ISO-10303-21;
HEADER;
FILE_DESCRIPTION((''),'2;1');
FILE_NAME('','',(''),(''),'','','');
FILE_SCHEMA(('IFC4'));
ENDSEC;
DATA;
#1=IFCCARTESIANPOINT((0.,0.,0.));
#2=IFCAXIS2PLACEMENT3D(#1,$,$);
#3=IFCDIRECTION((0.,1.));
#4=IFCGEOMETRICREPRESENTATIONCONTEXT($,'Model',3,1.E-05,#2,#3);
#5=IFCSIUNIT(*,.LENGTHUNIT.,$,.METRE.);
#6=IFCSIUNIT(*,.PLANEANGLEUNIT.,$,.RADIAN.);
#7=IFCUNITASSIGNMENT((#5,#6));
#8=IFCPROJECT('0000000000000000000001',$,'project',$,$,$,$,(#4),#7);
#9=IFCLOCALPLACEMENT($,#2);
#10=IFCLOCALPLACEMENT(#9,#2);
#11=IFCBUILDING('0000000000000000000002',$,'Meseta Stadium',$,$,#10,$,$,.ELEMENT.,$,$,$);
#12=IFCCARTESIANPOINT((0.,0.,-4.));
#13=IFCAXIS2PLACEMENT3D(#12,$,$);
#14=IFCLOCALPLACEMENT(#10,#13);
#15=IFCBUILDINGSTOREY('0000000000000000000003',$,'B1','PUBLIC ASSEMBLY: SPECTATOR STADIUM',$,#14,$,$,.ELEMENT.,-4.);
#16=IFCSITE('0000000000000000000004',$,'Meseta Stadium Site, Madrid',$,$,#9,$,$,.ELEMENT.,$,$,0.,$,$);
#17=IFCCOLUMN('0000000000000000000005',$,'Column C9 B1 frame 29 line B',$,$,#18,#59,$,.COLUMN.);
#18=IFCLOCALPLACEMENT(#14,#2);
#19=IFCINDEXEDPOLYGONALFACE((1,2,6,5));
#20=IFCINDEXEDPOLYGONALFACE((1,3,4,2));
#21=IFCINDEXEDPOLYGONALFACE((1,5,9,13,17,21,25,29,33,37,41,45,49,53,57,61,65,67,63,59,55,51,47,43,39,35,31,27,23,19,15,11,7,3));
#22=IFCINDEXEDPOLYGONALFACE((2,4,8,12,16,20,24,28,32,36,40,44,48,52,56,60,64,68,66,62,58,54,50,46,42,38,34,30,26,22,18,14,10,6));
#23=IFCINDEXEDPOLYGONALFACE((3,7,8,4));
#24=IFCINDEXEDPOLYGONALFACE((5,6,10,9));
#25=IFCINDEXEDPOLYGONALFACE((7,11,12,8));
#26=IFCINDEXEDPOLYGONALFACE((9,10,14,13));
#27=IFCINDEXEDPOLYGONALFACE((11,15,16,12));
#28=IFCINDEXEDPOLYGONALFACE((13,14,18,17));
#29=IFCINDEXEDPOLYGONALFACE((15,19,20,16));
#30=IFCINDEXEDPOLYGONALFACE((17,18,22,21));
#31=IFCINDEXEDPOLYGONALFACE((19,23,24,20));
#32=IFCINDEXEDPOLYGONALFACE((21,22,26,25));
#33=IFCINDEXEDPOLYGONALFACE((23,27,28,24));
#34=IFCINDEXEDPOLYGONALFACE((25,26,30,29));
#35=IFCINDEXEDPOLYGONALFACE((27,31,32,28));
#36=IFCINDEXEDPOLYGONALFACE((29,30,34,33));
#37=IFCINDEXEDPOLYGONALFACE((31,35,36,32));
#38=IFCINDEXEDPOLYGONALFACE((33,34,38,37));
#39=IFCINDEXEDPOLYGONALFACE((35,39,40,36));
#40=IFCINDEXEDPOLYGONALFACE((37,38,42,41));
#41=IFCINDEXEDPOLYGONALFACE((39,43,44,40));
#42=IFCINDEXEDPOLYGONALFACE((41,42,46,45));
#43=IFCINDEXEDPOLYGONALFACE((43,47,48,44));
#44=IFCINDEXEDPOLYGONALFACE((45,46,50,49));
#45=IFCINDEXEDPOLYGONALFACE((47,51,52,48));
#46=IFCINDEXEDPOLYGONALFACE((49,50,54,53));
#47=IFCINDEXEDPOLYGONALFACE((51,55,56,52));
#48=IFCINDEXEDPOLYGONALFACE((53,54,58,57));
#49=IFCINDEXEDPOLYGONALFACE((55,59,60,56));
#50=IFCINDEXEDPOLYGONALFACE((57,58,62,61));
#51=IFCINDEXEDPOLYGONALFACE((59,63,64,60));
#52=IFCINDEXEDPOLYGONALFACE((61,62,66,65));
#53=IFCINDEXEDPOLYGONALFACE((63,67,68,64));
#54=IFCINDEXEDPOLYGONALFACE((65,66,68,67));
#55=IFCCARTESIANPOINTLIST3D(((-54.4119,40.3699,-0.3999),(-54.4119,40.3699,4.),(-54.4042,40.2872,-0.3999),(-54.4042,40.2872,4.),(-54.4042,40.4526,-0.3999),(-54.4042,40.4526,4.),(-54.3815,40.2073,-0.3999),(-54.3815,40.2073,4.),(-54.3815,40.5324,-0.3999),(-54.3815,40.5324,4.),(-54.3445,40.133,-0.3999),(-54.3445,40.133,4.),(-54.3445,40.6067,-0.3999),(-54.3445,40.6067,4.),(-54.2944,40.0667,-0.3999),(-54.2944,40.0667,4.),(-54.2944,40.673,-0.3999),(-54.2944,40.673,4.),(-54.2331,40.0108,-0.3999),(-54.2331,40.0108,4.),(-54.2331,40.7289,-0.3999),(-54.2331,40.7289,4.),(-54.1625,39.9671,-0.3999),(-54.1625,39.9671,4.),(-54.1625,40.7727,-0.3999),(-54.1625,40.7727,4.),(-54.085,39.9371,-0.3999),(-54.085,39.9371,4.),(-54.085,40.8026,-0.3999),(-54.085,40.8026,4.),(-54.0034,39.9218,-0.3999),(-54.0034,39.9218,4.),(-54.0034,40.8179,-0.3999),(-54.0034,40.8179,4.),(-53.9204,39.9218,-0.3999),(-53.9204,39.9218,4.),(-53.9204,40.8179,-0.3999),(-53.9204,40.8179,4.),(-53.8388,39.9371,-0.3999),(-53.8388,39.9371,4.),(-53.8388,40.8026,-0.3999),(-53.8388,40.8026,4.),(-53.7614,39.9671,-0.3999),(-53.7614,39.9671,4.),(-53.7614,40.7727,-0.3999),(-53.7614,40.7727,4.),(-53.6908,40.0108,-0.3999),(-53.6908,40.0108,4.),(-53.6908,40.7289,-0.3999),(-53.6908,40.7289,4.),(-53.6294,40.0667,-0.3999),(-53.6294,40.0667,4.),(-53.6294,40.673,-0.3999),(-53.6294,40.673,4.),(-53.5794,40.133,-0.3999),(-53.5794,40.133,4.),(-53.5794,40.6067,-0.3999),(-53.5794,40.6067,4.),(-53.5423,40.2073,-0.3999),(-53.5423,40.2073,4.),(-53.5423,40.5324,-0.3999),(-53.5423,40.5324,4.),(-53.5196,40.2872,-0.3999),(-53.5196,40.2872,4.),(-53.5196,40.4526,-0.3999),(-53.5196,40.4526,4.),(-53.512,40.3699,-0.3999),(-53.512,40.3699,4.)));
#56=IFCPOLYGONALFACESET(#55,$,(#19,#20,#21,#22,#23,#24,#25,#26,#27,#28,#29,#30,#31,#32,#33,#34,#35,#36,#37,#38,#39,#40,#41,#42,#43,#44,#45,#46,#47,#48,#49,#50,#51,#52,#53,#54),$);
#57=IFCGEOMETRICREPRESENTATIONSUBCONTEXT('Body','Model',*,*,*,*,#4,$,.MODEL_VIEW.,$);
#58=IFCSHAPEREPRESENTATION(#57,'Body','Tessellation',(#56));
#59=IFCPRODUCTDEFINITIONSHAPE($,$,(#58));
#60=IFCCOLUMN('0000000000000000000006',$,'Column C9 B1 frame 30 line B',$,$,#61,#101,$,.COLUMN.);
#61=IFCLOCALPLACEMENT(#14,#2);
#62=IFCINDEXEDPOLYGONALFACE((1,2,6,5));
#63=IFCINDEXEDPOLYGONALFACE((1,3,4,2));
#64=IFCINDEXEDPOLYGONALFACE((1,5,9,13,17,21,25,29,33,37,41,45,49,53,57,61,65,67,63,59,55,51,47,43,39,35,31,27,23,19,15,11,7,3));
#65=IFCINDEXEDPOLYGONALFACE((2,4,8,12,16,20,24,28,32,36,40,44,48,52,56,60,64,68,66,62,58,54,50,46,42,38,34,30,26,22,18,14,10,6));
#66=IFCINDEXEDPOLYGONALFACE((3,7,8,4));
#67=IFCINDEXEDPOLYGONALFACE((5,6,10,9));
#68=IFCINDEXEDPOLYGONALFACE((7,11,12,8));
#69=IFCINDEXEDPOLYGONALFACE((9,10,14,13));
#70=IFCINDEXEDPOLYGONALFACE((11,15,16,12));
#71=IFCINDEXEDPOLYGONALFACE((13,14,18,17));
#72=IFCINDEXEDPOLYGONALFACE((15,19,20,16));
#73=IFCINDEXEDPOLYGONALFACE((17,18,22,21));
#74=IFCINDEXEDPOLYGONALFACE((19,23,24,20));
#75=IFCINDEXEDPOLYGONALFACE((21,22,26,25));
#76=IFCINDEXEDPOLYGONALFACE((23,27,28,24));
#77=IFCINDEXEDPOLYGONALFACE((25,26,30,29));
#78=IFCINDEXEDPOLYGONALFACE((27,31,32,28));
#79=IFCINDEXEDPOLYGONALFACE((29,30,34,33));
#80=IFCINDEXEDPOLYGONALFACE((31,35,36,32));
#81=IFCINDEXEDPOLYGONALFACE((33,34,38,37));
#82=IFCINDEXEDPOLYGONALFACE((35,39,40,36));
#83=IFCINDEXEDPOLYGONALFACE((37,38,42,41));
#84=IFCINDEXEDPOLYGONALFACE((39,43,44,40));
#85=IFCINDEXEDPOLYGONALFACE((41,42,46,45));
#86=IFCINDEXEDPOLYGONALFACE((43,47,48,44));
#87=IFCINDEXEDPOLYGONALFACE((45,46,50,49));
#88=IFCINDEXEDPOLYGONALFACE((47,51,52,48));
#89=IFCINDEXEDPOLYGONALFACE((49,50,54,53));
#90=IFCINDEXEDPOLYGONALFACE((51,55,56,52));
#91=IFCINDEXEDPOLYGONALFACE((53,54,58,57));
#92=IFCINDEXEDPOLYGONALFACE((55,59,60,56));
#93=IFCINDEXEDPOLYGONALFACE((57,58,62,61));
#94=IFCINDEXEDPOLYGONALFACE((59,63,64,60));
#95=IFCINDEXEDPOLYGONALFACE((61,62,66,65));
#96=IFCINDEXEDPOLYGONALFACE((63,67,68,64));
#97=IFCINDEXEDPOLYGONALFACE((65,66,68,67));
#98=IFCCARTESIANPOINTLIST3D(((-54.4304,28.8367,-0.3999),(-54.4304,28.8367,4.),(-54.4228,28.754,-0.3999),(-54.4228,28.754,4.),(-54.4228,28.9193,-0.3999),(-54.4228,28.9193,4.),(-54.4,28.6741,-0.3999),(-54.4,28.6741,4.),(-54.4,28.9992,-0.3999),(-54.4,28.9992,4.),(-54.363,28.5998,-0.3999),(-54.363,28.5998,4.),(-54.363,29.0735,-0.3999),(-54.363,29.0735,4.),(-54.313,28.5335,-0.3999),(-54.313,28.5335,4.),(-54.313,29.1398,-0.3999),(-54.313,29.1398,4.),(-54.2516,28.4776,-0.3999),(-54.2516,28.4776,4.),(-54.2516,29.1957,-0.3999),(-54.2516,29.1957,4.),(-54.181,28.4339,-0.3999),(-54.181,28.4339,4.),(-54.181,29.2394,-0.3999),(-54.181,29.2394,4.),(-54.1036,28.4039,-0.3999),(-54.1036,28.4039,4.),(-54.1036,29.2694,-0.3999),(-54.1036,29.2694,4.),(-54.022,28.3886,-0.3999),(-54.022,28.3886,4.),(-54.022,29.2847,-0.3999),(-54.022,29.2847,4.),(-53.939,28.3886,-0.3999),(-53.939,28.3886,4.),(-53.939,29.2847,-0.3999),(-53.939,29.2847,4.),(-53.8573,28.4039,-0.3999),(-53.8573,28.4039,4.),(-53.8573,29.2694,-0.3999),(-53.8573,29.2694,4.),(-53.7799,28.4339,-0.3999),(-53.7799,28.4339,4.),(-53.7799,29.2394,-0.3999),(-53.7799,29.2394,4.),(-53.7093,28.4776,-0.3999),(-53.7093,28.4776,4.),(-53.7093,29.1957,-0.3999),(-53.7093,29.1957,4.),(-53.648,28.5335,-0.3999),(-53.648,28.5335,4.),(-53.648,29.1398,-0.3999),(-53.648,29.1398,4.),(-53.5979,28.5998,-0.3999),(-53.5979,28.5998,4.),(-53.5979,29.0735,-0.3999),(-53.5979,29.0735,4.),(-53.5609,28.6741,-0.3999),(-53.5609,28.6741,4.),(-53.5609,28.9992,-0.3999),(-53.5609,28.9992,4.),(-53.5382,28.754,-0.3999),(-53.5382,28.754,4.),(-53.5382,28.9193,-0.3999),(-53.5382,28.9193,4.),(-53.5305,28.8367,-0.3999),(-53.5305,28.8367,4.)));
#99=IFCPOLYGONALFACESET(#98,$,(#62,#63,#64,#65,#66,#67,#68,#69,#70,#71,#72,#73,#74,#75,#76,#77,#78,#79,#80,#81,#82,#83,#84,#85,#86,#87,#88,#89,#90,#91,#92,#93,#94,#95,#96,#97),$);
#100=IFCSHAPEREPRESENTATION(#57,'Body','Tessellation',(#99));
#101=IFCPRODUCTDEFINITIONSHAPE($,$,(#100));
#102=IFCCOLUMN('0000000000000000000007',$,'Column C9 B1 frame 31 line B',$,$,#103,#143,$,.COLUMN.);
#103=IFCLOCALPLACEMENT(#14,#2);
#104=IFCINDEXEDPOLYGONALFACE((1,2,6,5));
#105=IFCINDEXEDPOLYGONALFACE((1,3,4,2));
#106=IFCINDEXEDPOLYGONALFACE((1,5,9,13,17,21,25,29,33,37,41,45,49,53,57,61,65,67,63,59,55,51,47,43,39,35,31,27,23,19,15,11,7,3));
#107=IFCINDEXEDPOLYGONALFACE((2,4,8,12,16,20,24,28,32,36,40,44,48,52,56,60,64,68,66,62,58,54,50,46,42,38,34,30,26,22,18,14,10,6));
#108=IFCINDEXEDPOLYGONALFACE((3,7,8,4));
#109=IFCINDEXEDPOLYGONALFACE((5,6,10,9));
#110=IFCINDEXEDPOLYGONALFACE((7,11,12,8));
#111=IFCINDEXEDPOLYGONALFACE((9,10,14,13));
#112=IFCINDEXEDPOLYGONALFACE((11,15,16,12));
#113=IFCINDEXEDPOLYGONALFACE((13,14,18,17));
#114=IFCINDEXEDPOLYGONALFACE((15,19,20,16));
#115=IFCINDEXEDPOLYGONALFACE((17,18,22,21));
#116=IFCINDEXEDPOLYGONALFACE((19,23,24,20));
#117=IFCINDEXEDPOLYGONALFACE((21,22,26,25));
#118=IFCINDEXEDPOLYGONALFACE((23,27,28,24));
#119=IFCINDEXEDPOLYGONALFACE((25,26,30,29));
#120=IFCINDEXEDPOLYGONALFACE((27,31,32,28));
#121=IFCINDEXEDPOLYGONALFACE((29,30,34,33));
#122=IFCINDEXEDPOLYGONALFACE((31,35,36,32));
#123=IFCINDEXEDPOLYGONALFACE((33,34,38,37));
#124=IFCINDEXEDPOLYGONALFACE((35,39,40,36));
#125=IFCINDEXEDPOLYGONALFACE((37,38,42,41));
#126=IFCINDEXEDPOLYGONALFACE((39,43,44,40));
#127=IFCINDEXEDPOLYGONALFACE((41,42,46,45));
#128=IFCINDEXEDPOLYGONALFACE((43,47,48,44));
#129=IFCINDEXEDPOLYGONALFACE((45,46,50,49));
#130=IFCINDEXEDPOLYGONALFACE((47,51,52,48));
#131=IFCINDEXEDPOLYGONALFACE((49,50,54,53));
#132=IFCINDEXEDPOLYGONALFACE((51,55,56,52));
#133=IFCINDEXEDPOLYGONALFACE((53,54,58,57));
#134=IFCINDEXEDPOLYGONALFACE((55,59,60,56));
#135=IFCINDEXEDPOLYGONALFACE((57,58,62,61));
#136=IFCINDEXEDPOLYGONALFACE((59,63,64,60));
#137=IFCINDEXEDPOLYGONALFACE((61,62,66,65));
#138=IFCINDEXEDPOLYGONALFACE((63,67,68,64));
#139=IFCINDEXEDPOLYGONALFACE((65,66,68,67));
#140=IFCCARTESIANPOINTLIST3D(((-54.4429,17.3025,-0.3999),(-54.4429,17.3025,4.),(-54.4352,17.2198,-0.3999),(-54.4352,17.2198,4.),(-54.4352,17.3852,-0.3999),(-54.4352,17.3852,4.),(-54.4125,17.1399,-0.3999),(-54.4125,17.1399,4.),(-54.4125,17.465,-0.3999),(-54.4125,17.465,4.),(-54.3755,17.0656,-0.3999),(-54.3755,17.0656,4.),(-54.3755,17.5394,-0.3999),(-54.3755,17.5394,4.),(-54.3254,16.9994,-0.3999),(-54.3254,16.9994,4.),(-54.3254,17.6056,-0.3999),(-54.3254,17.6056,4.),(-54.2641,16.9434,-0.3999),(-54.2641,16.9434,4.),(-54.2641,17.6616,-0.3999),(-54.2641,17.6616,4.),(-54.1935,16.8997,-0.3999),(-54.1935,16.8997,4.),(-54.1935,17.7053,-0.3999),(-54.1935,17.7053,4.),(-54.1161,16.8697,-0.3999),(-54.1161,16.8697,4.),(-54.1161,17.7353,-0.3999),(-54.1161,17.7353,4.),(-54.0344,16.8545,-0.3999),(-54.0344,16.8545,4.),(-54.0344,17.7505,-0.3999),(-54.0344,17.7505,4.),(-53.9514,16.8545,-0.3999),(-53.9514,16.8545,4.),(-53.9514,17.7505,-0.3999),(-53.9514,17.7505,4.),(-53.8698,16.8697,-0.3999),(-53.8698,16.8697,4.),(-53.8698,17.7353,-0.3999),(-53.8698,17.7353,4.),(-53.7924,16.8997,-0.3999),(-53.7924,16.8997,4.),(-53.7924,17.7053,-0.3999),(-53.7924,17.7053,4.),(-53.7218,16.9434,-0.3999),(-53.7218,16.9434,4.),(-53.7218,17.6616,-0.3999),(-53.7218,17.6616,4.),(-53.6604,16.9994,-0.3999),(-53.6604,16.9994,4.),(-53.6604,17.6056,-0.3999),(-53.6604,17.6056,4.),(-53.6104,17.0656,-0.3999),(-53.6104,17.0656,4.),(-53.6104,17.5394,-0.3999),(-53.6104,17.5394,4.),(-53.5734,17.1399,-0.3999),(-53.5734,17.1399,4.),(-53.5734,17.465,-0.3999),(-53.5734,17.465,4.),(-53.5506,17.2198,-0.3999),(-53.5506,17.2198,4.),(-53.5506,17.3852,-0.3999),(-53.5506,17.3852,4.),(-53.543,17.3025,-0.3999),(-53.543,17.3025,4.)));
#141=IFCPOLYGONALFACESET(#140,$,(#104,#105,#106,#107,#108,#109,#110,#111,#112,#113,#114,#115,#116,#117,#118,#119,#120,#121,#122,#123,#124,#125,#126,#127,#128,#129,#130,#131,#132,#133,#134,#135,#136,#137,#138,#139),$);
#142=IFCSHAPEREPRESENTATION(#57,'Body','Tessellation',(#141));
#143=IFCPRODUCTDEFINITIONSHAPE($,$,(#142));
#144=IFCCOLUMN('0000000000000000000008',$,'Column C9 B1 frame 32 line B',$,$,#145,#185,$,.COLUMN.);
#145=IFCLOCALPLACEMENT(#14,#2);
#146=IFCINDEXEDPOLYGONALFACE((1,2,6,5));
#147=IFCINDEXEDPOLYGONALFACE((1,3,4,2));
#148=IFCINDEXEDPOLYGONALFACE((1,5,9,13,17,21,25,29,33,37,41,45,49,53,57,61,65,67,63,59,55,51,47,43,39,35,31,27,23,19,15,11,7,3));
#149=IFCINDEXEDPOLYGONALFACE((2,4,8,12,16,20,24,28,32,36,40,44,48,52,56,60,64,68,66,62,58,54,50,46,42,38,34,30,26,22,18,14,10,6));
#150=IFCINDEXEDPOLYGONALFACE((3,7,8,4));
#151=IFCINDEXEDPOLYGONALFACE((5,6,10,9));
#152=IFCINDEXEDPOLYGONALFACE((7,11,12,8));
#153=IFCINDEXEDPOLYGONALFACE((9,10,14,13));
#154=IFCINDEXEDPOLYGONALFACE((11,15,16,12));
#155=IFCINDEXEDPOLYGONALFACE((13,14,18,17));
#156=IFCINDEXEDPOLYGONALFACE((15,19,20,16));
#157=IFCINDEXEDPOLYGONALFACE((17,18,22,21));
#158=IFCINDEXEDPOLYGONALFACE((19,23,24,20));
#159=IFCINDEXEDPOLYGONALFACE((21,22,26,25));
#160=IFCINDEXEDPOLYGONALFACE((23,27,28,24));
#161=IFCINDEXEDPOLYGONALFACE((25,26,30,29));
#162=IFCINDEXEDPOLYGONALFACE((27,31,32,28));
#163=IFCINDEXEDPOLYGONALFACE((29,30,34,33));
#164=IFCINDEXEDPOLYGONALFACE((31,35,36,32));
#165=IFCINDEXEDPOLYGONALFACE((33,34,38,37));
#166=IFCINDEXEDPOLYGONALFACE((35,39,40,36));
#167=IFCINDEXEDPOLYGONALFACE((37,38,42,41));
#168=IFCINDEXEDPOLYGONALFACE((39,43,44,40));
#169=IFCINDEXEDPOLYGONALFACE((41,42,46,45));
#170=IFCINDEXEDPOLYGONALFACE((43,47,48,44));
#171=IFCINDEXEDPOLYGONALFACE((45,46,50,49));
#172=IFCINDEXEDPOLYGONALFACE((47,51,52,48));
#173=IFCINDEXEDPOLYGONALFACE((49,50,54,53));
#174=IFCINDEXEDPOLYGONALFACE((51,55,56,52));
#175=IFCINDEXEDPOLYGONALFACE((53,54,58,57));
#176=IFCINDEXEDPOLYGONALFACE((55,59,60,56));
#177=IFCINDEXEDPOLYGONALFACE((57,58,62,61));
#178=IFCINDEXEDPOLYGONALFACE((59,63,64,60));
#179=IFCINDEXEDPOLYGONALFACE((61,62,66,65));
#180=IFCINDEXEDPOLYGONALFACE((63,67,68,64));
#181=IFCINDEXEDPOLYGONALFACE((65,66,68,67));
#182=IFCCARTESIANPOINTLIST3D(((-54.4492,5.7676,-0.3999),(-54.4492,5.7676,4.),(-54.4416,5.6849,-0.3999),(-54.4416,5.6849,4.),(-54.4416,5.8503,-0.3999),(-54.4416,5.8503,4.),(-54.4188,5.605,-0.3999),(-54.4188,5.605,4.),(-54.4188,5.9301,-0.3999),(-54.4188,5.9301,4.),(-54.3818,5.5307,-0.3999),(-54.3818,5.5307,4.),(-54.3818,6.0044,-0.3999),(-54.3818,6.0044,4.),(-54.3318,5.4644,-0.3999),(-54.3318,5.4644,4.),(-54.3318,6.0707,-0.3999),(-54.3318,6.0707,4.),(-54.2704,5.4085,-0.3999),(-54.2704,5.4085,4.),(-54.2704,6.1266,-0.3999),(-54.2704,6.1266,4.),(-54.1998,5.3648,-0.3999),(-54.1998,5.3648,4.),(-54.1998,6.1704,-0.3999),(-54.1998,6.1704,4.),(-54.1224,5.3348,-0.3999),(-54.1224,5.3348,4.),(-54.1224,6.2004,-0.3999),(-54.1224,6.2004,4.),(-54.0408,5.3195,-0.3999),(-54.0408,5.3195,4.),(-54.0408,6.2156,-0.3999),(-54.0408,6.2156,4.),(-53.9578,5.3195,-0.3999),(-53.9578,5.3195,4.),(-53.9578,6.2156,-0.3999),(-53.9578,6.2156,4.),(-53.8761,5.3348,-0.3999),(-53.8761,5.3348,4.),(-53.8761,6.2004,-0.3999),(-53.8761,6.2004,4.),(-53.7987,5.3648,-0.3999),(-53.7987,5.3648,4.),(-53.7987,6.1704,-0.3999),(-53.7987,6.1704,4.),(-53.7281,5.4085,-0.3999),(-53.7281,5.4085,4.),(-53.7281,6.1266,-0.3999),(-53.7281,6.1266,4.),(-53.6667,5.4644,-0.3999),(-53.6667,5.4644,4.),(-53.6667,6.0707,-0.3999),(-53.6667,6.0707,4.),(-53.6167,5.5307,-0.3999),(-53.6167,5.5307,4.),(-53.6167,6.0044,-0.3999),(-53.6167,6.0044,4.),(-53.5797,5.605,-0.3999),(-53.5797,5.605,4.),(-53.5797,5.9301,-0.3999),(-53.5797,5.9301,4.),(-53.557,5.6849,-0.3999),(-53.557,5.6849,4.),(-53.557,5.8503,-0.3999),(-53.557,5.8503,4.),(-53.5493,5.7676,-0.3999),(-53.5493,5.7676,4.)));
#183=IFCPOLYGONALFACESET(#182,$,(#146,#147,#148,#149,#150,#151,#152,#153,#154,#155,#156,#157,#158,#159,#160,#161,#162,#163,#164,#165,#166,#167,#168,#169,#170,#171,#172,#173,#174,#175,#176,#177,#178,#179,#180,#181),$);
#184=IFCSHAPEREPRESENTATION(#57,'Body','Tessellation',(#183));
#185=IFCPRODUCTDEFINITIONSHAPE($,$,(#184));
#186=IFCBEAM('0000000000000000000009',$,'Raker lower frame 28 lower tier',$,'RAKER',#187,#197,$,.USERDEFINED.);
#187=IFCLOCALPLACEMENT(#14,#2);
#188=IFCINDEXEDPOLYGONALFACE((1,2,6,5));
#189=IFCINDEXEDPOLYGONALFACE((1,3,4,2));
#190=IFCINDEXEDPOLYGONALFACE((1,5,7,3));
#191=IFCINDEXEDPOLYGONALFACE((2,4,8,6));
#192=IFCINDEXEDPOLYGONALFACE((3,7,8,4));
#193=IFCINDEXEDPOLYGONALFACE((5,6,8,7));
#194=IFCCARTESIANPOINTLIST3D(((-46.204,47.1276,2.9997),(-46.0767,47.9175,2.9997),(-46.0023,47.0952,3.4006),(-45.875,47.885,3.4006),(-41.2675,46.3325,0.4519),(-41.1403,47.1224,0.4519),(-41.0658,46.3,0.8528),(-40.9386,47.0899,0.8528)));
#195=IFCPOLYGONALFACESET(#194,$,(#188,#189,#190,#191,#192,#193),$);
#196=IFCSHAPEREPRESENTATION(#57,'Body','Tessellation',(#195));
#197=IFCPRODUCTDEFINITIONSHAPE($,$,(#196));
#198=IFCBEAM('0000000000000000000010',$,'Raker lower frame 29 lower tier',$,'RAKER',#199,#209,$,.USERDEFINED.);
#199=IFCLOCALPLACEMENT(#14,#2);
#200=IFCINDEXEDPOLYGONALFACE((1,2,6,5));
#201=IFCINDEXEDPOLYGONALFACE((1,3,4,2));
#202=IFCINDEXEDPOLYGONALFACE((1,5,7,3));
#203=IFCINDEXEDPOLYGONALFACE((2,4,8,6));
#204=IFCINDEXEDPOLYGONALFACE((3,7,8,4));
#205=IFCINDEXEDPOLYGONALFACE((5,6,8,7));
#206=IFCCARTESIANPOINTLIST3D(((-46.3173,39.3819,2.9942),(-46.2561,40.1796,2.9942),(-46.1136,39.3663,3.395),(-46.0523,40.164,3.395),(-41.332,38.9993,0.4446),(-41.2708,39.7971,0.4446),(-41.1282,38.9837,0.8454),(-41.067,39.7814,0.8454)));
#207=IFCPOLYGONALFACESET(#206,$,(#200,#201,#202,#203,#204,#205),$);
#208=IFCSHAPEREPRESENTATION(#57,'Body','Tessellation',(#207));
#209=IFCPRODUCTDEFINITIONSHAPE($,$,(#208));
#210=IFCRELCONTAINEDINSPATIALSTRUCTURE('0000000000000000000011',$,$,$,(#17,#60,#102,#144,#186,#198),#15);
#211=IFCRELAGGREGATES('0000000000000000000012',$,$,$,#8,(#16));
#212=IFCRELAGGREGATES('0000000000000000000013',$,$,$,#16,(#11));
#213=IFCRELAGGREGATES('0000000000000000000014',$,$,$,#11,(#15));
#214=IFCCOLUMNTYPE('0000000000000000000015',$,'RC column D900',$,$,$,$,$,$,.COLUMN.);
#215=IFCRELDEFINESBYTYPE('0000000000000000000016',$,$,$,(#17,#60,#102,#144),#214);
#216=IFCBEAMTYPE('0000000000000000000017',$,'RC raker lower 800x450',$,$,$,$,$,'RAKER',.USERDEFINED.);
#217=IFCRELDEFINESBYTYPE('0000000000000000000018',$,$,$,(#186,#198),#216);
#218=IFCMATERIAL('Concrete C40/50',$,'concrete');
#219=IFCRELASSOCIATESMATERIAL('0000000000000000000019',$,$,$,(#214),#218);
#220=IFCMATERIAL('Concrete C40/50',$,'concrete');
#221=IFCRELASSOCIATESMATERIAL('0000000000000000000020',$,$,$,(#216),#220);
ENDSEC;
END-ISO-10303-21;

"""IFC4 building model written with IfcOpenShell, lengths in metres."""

from ifc_helpers import new_model, si_unit, direction, frame, origin, origin_2d, place, context, subcontext, project, spatial, rectangle, circle, extrude, material, material_profile, profile_set, type_object, element, save


model = new_model("IFC4")

# Units and contexts
model_context = context("Model", 3, precision=1e-05, world=origin(), true_north=direction((0.0, 1.0)))
body_context = subcontext(model_context, "Body", "Model", "MODEL_VIEW")
ifc_project = project(units=[si_unit("LENGTHUNIT", "METRE"), si_unit("PLANEANGLEUNIT", "RADIAN")], contexts=[model_context])

# Site, building, storey
site_placement = place(None, origin())
site = spatial("IfcSite", under=ifc_project, at=site_placement, Name="Meseta Stadium Site, Madrid", CompositionType="ELEMENT", RefElevation=0.0)
building_placement = place(site_placement, origin())
building = spatial("IfcBuilding", under=site, at=building_placement, Name="Meseta Stadium", CompositionType="ELEMENT")
storey_placement = place(building_placement, frame((0.0, 0.0, -4.0)))
storey = spatial("IfcBuildingStorey", under=building, at=storey_placement, Name="B1", Description="PUBLIC ASSEMBLY: SPECTATOR STADIUM", CompositionType="ELEMENT", Elevation=-4.0)

# Columns
ifc_material_1 = material(Name="Concrete C40/50", Category="concrete")
ifc_material_profile_1 = material_profile(ifc_material_1, circle(Radius=0.45, at=origin_2d()), Name="RC D900")
ifc_profile_set_1 = profile_set([ifc_material_profile_1], Name="Concrete C40/50")
column_type_1 = type_object("IfcColumnType", Name="RC column D900", PredefinedType="COLUMN", material=ifc_profile_set_1)
for number, where, z_axis, x_axis, name in (
    (1, (-53.9619, 40.3699, -0.3999), (0.0, 0.0, 1.0), (1.0, 0.0, 0.0), "Column C9 B1 frame 29 line B"),
    (2, (-53.9805, 28.8367, -0.3999), (0.0, 0.0, 1.0), (1.0, 0.0, 0.0), "Column C9 B1 frame 30 line B"),
    (3, (-53.9929, 17.3025, -0.3999), (0.0, 0.0, 1.0), (1.0, 0.0, 0.0), "Column C9 B1 frame 31 line B"),
    (4, (-53.9993, 5.7676, -0.3999), (0.0, 0.0, 1.0), (1.0, 0.0, 0.0), "Column C9 B1 frame 32 line B"),
):
    element("IfcColumn", number, at=place(storey_placement, frame(where, z_axis=z_axis, x_axis=x_axis)), inside=storey, type_object=column_type_1, Name=name, PredefinedType="COLUMN", context=body_context, shape_type="SweptSolid", body=[
        extrude(circle(Radius=0.45, at=origin_2d()), origin(), (0.0, 0.0, 1.0), 4.3999),
    ])

# Beams
ifc_material_2 = material(Name="Concrete C40/50", Category="concrete")
ifc_material_profile_2 = material_profile(ifc_material_2, rectangle(XDim=0.8, YDim=0.45, at=origin_2d()), Name="RC 800x450")
ifc_profile_set_2 = profile_set([ifc_material_profile_2], Name="Concrete C40/50")
beam_type = type_object("IfcBeamType", Name="RC raker lower 800x450", ElementType="RAKER", PredefinedType="USERDEFINED", material=ifc_profile_set_2)
beam_1_placement = place(storey_placement, frame((-41.103, 46.7112, 0.6523), z_axis=(-0.879657, 0.141694, 0.454011), x_axis=(-0.159028, -0.987274, 0.0)))
element("IfcBeam", 5, at=beam_1_placement, inside=storey, type_object=beam_type, Name="Raker lower frame 28 lower tier", ObjectType="RAKER", PredefinedType="USERDEFINED", context=body_context, shape_type="SweptSolid", body=[
    extrude(rectangle(XDim=0.8, YDim=0.45, at=origin_2d()), origin(), (0.0, 0.0, 1.0), 5.6118),
])
for number, where, z_axis, x_axis, name in (
    (6, (-41.1995, 39.3904, 0.645), (-0.888256, 0.068163, 0.454263), (-0.076514, -0.997069, 0.0), "Raker lower frame 29 lower tier"),
):
    element("IfcBeam", number, at=place(storey_placement, frame(where, z_axis=z_axis, x_axis=x_axis)), inside=storey, type_object=beam_type, Name=name, ObjectType="RAKER", PredefinedType="USERDEFINED", context=body_context, shape_type="SweptSolid", body=[
        extrude(rectangle(XDim=0.8, YDim=0.45, at=origin_2d()), origin(), (0.0, 0.0, 1.0), 5.6125),
    ])

save(model, "model.ifc")
